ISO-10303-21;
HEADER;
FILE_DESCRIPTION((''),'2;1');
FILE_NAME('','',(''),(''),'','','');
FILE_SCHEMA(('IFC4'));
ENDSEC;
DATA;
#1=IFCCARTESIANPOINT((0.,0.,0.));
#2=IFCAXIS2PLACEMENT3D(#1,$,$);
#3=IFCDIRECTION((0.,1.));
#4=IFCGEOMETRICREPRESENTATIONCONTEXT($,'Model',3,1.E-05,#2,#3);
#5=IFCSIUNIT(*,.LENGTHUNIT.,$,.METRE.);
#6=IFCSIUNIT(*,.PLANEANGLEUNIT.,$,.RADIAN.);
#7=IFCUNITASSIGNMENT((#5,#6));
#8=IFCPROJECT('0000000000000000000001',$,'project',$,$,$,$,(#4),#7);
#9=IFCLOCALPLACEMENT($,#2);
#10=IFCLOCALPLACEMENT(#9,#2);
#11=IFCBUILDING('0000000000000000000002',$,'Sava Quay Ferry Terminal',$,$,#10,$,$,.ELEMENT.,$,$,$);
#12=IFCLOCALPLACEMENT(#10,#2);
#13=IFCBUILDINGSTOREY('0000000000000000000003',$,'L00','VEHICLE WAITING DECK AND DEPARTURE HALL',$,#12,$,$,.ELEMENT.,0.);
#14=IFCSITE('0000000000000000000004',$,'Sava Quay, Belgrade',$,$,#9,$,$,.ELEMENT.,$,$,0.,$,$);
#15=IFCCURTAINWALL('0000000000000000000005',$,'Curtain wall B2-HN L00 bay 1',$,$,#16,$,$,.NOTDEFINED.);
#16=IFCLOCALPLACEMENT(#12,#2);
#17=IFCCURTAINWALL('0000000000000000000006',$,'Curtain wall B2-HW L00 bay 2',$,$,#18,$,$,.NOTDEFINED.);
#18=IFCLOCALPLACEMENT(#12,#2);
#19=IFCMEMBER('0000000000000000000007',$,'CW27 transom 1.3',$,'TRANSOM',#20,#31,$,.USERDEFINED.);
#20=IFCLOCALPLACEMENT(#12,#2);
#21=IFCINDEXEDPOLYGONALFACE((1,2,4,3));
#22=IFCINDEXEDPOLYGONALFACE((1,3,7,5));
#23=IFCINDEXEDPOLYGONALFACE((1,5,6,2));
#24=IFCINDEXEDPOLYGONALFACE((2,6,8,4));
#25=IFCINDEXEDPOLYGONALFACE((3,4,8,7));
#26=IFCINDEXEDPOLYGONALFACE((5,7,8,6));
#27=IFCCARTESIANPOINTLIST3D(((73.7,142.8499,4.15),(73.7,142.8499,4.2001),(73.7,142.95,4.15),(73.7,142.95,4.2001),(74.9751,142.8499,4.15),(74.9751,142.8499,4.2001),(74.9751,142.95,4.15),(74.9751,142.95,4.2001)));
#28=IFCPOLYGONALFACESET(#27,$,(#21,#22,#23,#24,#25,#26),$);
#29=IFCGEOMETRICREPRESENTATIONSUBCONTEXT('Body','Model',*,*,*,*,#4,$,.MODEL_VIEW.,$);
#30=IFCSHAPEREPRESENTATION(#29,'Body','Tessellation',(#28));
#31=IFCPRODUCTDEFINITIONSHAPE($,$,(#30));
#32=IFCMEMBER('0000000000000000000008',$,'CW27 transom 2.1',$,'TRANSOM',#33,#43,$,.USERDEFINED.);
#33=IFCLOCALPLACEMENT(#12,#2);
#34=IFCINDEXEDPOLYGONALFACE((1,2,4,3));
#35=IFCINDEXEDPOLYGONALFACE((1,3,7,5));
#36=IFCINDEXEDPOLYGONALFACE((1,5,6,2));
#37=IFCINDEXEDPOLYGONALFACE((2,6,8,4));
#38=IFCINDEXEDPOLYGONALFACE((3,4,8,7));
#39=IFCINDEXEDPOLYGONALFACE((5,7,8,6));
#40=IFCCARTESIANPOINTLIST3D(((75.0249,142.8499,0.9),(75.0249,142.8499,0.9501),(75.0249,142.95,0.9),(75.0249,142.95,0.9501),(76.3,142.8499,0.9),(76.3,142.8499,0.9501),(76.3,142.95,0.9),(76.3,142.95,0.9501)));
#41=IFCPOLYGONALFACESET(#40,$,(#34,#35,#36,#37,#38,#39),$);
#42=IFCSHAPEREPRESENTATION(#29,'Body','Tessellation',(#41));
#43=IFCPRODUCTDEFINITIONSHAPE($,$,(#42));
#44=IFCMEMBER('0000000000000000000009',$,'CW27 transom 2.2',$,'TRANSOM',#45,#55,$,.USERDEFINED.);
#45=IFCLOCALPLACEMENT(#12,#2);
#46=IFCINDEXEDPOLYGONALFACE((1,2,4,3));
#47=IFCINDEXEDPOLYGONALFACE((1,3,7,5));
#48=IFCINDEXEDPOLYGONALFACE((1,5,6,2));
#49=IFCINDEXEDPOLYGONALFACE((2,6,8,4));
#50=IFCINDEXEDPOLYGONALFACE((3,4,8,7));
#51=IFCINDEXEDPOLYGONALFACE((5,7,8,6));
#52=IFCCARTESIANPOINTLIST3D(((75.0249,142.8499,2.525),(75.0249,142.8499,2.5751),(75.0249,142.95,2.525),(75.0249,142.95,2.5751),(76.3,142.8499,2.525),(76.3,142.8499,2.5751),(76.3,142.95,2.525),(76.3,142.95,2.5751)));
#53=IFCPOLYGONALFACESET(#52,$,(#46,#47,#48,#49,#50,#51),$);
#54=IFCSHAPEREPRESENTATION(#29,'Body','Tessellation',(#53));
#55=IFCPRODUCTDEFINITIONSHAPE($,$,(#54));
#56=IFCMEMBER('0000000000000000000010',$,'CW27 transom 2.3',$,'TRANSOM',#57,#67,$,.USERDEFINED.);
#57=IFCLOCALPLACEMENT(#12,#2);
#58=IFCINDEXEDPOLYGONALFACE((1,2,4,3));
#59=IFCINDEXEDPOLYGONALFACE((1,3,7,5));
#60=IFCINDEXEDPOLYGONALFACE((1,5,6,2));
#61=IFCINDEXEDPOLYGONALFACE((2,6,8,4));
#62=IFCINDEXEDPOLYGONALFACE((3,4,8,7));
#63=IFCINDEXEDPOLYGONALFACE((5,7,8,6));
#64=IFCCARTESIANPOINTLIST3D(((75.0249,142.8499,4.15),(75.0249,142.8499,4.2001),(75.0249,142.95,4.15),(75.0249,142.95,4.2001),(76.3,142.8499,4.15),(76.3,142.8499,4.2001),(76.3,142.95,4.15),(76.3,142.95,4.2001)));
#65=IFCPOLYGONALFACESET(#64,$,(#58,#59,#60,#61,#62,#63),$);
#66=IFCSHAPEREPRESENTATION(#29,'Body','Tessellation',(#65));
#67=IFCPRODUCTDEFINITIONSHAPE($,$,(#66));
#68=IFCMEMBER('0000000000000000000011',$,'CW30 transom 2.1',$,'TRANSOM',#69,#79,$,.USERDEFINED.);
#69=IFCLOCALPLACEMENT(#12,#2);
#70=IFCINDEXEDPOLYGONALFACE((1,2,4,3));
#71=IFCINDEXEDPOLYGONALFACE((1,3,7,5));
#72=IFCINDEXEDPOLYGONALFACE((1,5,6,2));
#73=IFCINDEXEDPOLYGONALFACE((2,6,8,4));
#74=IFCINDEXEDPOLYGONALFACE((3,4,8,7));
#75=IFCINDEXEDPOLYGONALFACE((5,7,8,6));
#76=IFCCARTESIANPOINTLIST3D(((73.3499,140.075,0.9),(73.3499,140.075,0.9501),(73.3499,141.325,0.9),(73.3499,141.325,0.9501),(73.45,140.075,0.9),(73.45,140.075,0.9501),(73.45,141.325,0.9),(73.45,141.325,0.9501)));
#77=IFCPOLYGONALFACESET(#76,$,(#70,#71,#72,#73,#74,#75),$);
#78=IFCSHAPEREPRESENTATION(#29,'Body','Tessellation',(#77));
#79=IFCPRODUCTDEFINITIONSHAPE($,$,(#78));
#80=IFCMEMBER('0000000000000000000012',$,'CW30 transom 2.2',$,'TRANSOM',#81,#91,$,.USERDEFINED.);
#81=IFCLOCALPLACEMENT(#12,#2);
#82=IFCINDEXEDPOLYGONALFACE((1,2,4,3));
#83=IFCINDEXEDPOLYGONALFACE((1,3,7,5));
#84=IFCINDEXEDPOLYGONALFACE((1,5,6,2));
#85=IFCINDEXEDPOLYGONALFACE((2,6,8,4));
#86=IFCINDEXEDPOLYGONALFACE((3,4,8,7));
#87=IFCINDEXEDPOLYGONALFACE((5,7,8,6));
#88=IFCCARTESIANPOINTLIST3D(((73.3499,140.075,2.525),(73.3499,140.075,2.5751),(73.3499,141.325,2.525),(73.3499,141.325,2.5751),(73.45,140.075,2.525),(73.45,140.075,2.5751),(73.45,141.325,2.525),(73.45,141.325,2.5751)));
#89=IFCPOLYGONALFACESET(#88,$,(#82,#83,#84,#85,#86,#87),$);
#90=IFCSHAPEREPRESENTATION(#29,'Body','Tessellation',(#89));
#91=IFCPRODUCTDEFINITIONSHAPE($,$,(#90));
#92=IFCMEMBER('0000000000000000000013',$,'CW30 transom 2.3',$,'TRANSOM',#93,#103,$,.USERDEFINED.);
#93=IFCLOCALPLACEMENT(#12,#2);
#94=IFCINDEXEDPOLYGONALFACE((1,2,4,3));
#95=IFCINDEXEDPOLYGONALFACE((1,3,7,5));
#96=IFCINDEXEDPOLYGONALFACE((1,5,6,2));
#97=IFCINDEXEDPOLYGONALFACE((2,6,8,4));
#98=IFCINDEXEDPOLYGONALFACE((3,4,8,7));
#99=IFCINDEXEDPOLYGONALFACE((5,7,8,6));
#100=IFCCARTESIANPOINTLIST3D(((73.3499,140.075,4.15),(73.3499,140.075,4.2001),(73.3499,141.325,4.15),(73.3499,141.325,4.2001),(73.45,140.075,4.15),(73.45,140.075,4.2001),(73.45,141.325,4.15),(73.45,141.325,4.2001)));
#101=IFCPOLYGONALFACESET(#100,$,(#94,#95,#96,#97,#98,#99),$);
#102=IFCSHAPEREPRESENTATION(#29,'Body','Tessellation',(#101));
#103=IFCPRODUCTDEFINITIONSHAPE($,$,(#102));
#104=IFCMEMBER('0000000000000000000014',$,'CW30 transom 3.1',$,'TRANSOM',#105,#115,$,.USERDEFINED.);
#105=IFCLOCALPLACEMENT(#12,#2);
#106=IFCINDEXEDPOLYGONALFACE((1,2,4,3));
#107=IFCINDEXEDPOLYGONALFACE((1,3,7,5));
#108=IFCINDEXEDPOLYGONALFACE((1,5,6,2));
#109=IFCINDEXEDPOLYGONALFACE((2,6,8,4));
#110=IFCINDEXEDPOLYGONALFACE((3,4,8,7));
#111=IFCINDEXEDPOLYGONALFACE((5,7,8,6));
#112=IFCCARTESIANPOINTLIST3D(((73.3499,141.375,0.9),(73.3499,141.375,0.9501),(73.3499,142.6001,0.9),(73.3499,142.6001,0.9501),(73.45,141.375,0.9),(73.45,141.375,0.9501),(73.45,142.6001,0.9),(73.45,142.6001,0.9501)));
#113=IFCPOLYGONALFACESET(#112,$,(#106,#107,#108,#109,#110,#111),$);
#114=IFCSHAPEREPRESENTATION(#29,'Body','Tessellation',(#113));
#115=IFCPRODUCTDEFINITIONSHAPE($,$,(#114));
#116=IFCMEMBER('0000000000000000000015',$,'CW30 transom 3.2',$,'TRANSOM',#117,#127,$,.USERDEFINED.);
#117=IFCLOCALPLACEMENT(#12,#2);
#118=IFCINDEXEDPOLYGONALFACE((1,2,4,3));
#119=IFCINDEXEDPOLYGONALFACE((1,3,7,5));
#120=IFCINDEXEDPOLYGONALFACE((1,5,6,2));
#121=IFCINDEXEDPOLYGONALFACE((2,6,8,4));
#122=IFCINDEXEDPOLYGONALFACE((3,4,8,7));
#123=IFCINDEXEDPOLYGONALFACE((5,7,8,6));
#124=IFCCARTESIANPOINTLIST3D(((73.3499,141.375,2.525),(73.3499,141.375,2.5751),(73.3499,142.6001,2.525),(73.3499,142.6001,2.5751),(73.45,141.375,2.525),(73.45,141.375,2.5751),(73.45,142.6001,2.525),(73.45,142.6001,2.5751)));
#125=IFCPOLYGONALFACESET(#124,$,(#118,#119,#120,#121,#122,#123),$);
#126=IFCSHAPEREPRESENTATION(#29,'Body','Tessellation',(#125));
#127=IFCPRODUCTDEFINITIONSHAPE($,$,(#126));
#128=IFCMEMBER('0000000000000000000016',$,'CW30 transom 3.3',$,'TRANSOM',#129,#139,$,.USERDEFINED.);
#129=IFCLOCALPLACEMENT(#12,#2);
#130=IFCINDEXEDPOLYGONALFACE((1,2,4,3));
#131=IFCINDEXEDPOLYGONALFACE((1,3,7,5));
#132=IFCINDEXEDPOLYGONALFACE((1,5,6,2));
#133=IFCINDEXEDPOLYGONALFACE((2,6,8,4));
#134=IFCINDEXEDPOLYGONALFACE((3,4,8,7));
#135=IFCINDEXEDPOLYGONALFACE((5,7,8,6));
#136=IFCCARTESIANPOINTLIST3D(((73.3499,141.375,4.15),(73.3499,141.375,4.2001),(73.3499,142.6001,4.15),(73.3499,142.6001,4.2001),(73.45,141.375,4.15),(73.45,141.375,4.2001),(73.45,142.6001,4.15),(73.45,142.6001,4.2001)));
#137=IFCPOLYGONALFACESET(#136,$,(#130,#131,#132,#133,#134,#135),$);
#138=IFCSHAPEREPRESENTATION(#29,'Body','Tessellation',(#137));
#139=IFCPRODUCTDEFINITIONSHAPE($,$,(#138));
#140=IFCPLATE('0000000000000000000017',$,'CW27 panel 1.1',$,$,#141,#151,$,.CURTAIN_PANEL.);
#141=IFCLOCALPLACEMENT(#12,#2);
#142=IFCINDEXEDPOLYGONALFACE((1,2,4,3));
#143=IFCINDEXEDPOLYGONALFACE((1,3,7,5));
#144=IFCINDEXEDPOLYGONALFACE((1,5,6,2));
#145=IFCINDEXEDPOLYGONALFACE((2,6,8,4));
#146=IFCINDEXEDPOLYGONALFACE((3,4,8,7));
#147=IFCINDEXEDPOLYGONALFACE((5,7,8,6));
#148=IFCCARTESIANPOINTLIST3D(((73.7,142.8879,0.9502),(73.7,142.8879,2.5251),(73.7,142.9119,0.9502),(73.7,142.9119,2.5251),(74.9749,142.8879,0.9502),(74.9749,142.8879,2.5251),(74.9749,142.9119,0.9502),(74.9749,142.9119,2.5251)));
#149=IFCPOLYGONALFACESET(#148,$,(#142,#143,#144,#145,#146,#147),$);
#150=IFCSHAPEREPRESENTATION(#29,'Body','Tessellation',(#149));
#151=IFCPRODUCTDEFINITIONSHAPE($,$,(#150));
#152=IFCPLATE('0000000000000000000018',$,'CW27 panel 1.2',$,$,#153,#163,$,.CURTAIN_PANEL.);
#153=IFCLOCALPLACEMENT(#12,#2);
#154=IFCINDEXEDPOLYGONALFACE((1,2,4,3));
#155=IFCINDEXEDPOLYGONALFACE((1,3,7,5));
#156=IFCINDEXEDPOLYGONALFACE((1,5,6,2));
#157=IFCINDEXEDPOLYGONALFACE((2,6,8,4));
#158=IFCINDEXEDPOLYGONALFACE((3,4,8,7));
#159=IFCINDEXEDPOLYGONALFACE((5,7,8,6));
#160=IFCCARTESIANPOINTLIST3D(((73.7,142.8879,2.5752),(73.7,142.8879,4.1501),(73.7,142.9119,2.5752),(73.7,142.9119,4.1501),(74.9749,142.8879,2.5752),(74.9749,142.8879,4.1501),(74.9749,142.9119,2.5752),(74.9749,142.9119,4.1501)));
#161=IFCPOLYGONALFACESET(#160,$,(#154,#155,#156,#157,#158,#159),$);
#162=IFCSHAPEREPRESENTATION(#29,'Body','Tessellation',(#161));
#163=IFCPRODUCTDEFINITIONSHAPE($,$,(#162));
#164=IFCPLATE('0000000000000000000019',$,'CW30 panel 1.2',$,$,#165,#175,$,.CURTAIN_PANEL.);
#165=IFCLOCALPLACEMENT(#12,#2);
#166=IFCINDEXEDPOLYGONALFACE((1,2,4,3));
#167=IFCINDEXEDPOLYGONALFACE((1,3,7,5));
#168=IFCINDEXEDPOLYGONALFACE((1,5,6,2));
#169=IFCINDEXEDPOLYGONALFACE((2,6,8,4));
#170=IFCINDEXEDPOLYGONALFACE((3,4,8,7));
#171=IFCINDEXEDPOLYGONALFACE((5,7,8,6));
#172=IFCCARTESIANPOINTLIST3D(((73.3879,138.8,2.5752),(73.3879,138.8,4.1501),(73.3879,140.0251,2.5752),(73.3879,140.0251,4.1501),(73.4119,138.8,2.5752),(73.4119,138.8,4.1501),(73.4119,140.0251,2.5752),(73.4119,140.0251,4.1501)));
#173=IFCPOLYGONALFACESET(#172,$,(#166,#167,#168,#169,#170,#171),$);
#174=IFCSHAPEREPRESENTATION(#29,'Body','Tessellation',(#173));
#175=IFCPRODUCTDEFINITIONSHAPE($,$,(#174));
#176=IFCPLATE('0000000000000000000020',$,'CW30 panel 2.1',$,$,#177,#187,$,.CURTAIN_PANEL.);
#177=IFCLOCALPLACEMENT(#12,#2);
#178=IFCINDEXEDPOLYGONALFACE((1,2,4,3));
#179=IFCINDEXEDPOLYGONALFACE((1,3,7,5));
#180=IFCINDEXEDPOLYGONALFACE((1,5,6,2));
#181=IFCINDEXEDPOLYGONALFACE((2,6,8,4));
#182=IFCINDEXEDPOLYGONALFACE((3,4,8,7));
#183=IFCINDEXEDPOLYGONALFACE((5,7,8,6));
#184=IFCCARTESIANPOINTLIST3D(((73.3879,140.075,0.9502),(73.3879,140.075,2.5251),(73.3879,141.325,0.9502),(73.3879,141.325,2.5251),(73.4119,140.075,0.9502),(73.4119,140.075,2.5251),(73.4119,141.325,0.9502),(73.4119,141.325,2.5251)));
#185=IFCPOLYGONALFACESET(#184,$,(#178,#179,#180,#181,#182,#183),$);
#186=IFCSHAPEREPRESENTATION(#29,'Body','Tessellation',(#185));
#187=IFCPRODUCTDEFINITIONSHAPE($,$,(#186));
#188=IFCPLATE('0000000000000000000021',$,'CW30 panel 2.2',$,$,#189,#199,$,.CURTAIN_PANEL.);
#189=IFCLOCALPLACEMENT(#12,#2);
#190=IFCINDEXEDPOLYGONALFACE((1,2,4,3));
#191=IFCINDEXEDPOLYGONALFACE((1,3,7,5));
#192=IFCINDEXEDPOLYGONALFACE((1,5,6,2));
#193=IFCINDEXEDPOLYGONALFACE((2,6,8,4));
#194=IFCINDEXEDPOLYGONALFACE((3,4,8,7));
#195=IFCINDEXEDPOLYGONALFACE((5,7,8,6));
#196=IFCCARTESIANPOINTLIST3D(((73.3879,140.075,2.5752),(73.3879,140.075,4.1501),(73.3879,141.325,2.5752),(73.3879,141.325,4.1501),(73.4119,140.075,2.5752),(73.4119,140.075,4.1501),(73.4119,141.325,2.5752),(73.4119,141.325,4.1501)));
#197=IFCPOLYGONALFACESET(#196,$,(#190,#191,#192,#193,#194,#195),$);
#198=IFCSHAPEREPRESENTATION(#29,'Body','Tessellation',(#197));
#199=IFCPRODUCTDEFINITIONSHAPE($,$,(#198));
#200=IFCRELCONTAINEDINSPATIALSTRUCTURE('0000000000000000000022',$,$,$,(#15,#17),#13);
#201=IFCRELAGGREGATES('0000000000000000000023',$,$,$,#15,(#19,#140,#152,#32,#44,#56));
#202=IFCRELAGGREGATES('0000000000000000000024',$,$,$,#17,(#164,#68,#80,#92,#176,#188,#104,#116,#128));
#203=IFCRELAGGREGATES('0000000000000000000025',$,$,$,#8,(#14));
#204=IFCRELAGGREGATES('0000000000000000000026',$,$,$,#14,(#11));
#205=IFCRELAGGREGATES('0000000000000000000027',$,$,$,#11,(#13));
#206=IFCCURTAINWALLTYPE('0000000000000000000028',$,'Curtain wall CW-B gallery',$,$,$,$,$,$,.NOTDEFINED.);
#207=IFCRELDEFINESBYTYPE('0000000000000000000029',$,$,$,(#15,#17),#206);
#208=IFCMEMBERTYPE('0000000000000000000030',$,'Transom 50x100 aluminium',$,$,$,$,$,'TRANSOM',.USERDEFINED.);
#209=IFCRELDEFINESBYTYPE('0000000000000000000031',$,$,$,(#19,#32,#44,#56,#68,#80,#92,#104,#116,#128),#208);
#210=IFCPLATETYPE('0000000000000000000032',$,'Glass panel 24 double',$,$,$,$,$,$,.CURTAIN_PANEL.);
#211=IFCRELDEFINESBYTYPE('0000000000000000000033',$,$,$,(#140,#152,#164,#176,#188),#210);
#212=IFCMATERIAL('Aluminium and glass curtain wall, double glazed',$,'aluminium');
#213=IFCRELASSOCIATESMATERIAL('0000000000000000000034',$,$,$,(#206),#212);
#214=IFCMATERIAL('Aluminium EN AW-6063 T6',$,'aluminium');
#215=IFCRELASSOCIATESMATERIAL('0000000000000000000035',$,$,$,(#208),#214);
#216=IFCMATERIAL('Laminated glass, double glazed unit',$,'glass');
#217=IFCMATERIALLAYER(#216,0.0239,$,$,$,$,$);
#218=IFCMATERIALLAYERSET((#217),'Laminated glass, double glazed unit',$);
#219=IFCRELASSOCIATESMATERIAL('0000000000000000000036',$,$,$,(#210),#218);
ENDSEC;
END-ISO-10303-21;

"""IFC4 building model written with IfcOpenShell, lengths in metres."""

from ifc_helpers import new_model, si_unit, direction, frame, origin, origin_2d, place, context, subcontext, project, spatial, rectangle, extrude, material, layer, layer_set, material_profile, profile_set, type_object, element, aggregate, save


model = new_model("IFC4")

# Units and contexts
model_context = context("Model", 3, precision=1e-05, world=origin(), true_north=direction((0.0, 1.0)))
body_context = subcontext(model_context, "Body", "Model", "MODEL_VIEW")
ifc_project = project(units=[si_unit("LENGTHUNIT", "METRE"), si_unit("PLANEANGLEUNIT", "RADIAN")], contexts=[model_context])

# Site, building, storey
site_placement = place(None, origin())
site = spatial("IfcSite", under=ifc_project, at=site_placement, Name="Sava Quay, Belgrade", CompositionType="ELEMENT", RefElevation=0.0)
building_placement = place(site_placement, origin())
building = spatial("IfcBuilding", under=site, at=building_placement, Name="Sava Quay Ferry Terminal", CompositionType="ELEMENT")
storey_placement = place(building_placement, origin())
storey = spatial("IfcBuildingStorey", under=building, at=storey_placement, Name="L00", Description="VEHICLE WAITING DECK AND DEPARTURE HALL", CompositionType="ELEMENT", Elevation=0.0)

# Curtain walls
ifc_material_1 = material(Name="Aluminium and glass curtain wall, double glazed", Category="aluminium")
curtain_wall_type = type_object("IfcCurtainWallType", Name="Curtain wall CW-B gallery", PredefinedType="NOTDEFINED", material=ifc_material_1)
curtain_wall_1_placement = place(storey_placement, origin())
curtain_wall_1 = element("IfcCurtainWall", 1, at=curtain_wall_1_placement, inside=storey, type_object=curtain_wall_type, Name="Curtain wall B2-HN L00 bay 1", PredefinedType="NOTDEFINED")
curtain_wall_2_placement = place(storey_placement, origin())
curtain_wall_2 = element("IfcCurtainWall", 2, at=curtain_wall_2_placement, inside=storey, type_object=curtain_wall_type, Name="Curtain wall B2-HW L00 bay 2", PredefinedType="NOTDEFINED")

# Members
ifc_material_2 = material(Name="Aluminium EN AW-6063 T6", Category="aluminium")
ifc_material_profile_1 = material_profile(ifc_material_2, rectangle(XDim=0.1001, YDim=0.05, at=origin_2d()), Name="Transom 50x100 aluminium")
ifc_profile_set_1 = profile_set([ifc_material_profile_1], Name="Aluminium EN AW-6063 T6")
member_type_1 = type_object("IfcMemberType", Name="Transom 50x100 aluminium", ElementType="TRANSOM", PredefinedType="USERDEFINED", material=ifc_profile_set_1)
member_1_placement = place(storey_placement, frame((73.7, 142.8999, 4.175), z_axis=(1.0, 0.0, 0.0), x_axis=(0.0, 1.0, 0.0)))
member_1 = element("IfcMember", 3, at=member_1_placement, type_object=member_type_1, Name="CW27 transom 1.3", ObjectType="TRANSOM", PredefinedType="USERDEFINED", context=body_context, shape_type="SweptSolid", body=[
    extrude(rectangle(XDim=0.1001, YDim=0.05, at=origin_2d()), origin(), (0.0, 0.0, 1.0), 1.2751),
])
member_2_placement = place(storey_placement, frame((75.0249, 142.8999, 0.925), z_axis=(1.0, 0.0, 0.0), x_axis=(0.0, 1.0, 0.0)))
member_2 = element("IfcMember", 4, at=member_2_placement, type_object=member_type_1, Name="CW27 transom 2.1", ObjectType="TRANSOM", PredefinedType="USERDEFINED", context=body_context, shape_type="SweptSolid", body=[
    extrude(rectangle(XDim=0.1001, YDim=0.05, at=origin_2d()), origin(), (0.0, 0.0, 1.0), 1.2751),
])
member_3_placement = place(storey_placement, frame((75.0249, 142.8999, 2.55), z_axis=(1.0, 0.0, 0.0), x_axis=(0.0, 1.0, 0.0)))
member_3 = element("IfcMember", 5, at=member_3_placement, type_object=member_type_1, Name="CW27 transom 2.2", ObjectType="TRANSOM", PredefinedType="USERDEFINED", context=body_context, shape_type="SweptSolid", body=[
    extrude(rectangle(XDim=0.1001, YDim=0.05, at=origin_2d()), origin(), (0.0, 0.0, 1.0), 1.2751),
])
member_4_placement = place(storey_placement, frame((75.0249, 142.8999, 4.175), z_axis=(1.0, 0.0, 0.0), x_axis=(0.0, 1.0, 0.0)))
member_4 = element("IfcMember", 6, at=member_4_placement, type_object=member_type_1, Name="CW27 transom 2.3", ObjectType="TRANSOM", PredefinedType="USERDEFINED", context=body_context, shape_type="SweptSolid", body=[
    extrude(rectangle(XDim=0.1001, YDim=0.05, at=origin_2d()), origin(), (0.0, 0.0, 1.0), 1.2751),
])
member_5_placement = place(storey_placement, frame((73.3999, 140.075, 0.925), z_axis=(0.0, 1.0, 0.0), x_axis=(-1.0, 0.0, 0.0)))
member_5 = element("IfcMember", 7, at=member_5_placement, type_object=member_type_1, Name="CW30 transom 2.1", ObjectType="TRANSOM", PredefinedType="USERDEFINED", context=body_context, shape_type="SweptSolid", body=[
    extrude(rectangle(XDim=0.1001, YDim=0.05, at=origin_2d()), origin(), (0.0, 0.0, 1.0), 1.25),
])
member_6_placement = place(storey_placement, frame((73.3999, 140.075, 2.55), z_axis=(0.0, 1.0, 0.0), x_axis=(-1.0, 0.0, 0.0)))
member_6 = element("IfcMember", 8, at=member_6_placement, type_object=member_type_1, Name="CW30 transom 2.2", ObjectType="TRANSOM", PredefinedType="USERDEFINED", context=body_context, shape_type="SweptSolid", body=[
    extrude(rectangle(XDim=0.1001, YDim=0.05, at=origin_2d()), origin(), (0.0, 0.0, 1.0), 1.25),
])
member_7_placement = place(storey_placement, frame((73.3999, 140.075, 4.175), z_axis=(0.0, 1.0, 0.0), x_axis=(-1.0, 0.0, 0.0)))
member_7 = element("IfcMember", 9, at=member_7_placement, type_object=member_type_1, Name="CW30 transom 2.3", ObjectType="TRANSOM", PredefinedType="USERDEFINED", context=body_context, shape_type="SweptSolid", body=[
    extrude(rectangle(XDim=0.1001, YDim=0.05, at=origin_2d()), origin(), (0.0, 0.0, 1.0), 1.25),
])
member_8_placement = place(storey_placement, frame((73.3999, 141.375, 0.925), z_axis=(0.0, 1.0, 0.0), x_axis=(-1.0, 0.0, 0.0)))
member_8 = element("IfcMember", 10, at=member_8_placement, type_object=member_type_1, Name="CW30 transom 3.1", ObjectType="TRANSOM", PredefinedType="USERDEFINED", context=body_context, shape_type="SweptSolid", body=[
    extrude(rectangle(XDim=0.1001, YDim=0.05, at=origin_2d()), origin(), (0.0, 0.0, 1.0), 1.2251),
])
member_9_placement = place(storey_placement, frame((73.3999, 141.375, 2.55), z_axis=(0.0, 1.0, 0.0), x_axis=(-1.0, 0.0, 0.0)))
member_9 = element("IfcMember", 11, at=member_9_placement, type_object=member_type_1, Name="CW30 transom 3.2", ObjectType="TRANSOM", PredefinedType="USERDEFINED", context=body_context, shape_type="SweptSolid", body=[
    extrude(rectangle(XDim=0.1001, YDim=0.05, at=origin_2d()), origin(), (0.0, 0.0, 1.0), 1.2251),
])
member_10_placement = place(storey_placement, frame((73.3999, 141.375, 4.175), z_axis=(0.0, 1.0, 0.0), x_axis=(-1.0, 0.0, 0.0)))
member_10 = element("IfcMember", 12, at=member_10_placement, type_object=member_type_1, Name="CW30 transom 3.3", ObjectType="TRANSOM", PredefinedType="USERDEFINED", context=body_context, shape_type="SweptSolid", body=[
    extrude(rectangle(XDim=0.1001, YDim=0.05, at=origin_2d()), origin(), (0.0, 0.0, 1.0), 1.2251),
])

# Plates
ifc_material_3 = material(Name="Laminated glass, double glazed unit", Category="glass")
ifc_layer_1 = layer(ifc_material_3, 0.0239)
ifc_layer_set_1 = layer_set([ifc_layer_1], Name="Laminated glass, double glazed unit")
plate_type = type_object("IfcPlateType", Name="Glass panel 24 double", PredefinedType="CURTAIN_PANEL", material=ifc_layer_set_1)
plate_1_placement = place(storey_placement, frame((74.3374, 142.8999, 0.9502), z_axis=(0.0, 0.0, 1.0), x_axis=(1.0, 0.0, 0.0)))
plate_1 = element("IfcPlate", 13, at=plate_1_placement, type_object=plate_type, Name="CW27 panel 1.1", PredefinedType="CURTAIN_PANEL", context=body_context, shape_type="SweptSolid", body=[
    extrude(rectangle(XDim=1.2749, YDim=0.0239, at=origin_2d()), origin(), (0.0, 0.0, 1.0), 1.575),
])
plate_2_placement = place(storey_placement, frame((74.3374, 142.8999, 2.5752), z_axis=(0.0, 0.0, 1.0), x_axis=(1.0, 0.0, 0.0)))
plate_2 = element("IfcPlate", 14, at=plate_2_placement, type_object=plate_type, Name="CW27 panel 1.2", PredefinedType="CURTAIN_PANEL", context=body_context, shape_type="SweptSolid", body=[
    extrude(rectangle(XDim=1.2749, YDim=0.0239, at=origin_2d()), origin(), (0.0, 0.0, 1.0), 1.575),
])
aggregate(curtain_wall_1, [member_1, plate_1, plate_2, member_2, member_3, member_4])
plate_3_placement = place(storey_placement, frame((73.3999, 139.4126, 2.5752), z_axis=(0.0, 0.0, 1.0), x_axis=(0.0, 1.0, 0.0)))
plate_3 = element("IfcPlate", 15, at=plate_3_placement, type_object=plate_type, Name="CW30 panel 1.2", PredefinedType="CURTAIN_PANEL", context=body_context, shape_type="SweptSolid", body=[
    extrude(rectangle(XDim=1.2251, YDim=0.0239, at=origin_2d()), origin(), (0.0, 0.0, 1.0), 1.575),
])
plate_4_placement = place(storey_placement, frame((73.3999, 140.7, 0.9502), z_axis=(0.0, 0.0, 1.0), x_axis=(0.0, 1.0, 0.0)))
plate_4 = element("IfcPlate", 16, at=plate_4_placement, type_object=plate_type, Name="CW30 panel 2.1", PredefinedType="CURTAIN_PANEL", context=body_context, shape_type="SweptSolid", body=[
    extrude(rectangle(XDim=1.25, YDim=0.0239, at=origin_2d()), origin(), (0.0, 0.0, 1.0), 1.575),
])
plate_5_placement = place(storey_placement, frame((73.3999, 140.7, 2.5752), z_axis=(0.0, 0.0, 1.0), x_axis=(0.0, 1.0, 0.0)))
plate_5 = element("IfcPlate", 17, at=plate_5_placement, type_object=plate_type, Name="CW30 panel 2.2", PredefinedType="CURTAIN_PANEL", context=body_context, shape_type="SweptSolid", body=[
    extrude(rectangle(XDim=1.25, YDim=0.0239, at=origin_2d()), origin(), (0.0, 0.0, 1.0), 1.575),
])
aggregate(curtain_wall_2, [plate_3, member_5, member_6, member_7, plate_4, plate_5, member_8, member_9, member_10])

save(model, "model.ifc")
